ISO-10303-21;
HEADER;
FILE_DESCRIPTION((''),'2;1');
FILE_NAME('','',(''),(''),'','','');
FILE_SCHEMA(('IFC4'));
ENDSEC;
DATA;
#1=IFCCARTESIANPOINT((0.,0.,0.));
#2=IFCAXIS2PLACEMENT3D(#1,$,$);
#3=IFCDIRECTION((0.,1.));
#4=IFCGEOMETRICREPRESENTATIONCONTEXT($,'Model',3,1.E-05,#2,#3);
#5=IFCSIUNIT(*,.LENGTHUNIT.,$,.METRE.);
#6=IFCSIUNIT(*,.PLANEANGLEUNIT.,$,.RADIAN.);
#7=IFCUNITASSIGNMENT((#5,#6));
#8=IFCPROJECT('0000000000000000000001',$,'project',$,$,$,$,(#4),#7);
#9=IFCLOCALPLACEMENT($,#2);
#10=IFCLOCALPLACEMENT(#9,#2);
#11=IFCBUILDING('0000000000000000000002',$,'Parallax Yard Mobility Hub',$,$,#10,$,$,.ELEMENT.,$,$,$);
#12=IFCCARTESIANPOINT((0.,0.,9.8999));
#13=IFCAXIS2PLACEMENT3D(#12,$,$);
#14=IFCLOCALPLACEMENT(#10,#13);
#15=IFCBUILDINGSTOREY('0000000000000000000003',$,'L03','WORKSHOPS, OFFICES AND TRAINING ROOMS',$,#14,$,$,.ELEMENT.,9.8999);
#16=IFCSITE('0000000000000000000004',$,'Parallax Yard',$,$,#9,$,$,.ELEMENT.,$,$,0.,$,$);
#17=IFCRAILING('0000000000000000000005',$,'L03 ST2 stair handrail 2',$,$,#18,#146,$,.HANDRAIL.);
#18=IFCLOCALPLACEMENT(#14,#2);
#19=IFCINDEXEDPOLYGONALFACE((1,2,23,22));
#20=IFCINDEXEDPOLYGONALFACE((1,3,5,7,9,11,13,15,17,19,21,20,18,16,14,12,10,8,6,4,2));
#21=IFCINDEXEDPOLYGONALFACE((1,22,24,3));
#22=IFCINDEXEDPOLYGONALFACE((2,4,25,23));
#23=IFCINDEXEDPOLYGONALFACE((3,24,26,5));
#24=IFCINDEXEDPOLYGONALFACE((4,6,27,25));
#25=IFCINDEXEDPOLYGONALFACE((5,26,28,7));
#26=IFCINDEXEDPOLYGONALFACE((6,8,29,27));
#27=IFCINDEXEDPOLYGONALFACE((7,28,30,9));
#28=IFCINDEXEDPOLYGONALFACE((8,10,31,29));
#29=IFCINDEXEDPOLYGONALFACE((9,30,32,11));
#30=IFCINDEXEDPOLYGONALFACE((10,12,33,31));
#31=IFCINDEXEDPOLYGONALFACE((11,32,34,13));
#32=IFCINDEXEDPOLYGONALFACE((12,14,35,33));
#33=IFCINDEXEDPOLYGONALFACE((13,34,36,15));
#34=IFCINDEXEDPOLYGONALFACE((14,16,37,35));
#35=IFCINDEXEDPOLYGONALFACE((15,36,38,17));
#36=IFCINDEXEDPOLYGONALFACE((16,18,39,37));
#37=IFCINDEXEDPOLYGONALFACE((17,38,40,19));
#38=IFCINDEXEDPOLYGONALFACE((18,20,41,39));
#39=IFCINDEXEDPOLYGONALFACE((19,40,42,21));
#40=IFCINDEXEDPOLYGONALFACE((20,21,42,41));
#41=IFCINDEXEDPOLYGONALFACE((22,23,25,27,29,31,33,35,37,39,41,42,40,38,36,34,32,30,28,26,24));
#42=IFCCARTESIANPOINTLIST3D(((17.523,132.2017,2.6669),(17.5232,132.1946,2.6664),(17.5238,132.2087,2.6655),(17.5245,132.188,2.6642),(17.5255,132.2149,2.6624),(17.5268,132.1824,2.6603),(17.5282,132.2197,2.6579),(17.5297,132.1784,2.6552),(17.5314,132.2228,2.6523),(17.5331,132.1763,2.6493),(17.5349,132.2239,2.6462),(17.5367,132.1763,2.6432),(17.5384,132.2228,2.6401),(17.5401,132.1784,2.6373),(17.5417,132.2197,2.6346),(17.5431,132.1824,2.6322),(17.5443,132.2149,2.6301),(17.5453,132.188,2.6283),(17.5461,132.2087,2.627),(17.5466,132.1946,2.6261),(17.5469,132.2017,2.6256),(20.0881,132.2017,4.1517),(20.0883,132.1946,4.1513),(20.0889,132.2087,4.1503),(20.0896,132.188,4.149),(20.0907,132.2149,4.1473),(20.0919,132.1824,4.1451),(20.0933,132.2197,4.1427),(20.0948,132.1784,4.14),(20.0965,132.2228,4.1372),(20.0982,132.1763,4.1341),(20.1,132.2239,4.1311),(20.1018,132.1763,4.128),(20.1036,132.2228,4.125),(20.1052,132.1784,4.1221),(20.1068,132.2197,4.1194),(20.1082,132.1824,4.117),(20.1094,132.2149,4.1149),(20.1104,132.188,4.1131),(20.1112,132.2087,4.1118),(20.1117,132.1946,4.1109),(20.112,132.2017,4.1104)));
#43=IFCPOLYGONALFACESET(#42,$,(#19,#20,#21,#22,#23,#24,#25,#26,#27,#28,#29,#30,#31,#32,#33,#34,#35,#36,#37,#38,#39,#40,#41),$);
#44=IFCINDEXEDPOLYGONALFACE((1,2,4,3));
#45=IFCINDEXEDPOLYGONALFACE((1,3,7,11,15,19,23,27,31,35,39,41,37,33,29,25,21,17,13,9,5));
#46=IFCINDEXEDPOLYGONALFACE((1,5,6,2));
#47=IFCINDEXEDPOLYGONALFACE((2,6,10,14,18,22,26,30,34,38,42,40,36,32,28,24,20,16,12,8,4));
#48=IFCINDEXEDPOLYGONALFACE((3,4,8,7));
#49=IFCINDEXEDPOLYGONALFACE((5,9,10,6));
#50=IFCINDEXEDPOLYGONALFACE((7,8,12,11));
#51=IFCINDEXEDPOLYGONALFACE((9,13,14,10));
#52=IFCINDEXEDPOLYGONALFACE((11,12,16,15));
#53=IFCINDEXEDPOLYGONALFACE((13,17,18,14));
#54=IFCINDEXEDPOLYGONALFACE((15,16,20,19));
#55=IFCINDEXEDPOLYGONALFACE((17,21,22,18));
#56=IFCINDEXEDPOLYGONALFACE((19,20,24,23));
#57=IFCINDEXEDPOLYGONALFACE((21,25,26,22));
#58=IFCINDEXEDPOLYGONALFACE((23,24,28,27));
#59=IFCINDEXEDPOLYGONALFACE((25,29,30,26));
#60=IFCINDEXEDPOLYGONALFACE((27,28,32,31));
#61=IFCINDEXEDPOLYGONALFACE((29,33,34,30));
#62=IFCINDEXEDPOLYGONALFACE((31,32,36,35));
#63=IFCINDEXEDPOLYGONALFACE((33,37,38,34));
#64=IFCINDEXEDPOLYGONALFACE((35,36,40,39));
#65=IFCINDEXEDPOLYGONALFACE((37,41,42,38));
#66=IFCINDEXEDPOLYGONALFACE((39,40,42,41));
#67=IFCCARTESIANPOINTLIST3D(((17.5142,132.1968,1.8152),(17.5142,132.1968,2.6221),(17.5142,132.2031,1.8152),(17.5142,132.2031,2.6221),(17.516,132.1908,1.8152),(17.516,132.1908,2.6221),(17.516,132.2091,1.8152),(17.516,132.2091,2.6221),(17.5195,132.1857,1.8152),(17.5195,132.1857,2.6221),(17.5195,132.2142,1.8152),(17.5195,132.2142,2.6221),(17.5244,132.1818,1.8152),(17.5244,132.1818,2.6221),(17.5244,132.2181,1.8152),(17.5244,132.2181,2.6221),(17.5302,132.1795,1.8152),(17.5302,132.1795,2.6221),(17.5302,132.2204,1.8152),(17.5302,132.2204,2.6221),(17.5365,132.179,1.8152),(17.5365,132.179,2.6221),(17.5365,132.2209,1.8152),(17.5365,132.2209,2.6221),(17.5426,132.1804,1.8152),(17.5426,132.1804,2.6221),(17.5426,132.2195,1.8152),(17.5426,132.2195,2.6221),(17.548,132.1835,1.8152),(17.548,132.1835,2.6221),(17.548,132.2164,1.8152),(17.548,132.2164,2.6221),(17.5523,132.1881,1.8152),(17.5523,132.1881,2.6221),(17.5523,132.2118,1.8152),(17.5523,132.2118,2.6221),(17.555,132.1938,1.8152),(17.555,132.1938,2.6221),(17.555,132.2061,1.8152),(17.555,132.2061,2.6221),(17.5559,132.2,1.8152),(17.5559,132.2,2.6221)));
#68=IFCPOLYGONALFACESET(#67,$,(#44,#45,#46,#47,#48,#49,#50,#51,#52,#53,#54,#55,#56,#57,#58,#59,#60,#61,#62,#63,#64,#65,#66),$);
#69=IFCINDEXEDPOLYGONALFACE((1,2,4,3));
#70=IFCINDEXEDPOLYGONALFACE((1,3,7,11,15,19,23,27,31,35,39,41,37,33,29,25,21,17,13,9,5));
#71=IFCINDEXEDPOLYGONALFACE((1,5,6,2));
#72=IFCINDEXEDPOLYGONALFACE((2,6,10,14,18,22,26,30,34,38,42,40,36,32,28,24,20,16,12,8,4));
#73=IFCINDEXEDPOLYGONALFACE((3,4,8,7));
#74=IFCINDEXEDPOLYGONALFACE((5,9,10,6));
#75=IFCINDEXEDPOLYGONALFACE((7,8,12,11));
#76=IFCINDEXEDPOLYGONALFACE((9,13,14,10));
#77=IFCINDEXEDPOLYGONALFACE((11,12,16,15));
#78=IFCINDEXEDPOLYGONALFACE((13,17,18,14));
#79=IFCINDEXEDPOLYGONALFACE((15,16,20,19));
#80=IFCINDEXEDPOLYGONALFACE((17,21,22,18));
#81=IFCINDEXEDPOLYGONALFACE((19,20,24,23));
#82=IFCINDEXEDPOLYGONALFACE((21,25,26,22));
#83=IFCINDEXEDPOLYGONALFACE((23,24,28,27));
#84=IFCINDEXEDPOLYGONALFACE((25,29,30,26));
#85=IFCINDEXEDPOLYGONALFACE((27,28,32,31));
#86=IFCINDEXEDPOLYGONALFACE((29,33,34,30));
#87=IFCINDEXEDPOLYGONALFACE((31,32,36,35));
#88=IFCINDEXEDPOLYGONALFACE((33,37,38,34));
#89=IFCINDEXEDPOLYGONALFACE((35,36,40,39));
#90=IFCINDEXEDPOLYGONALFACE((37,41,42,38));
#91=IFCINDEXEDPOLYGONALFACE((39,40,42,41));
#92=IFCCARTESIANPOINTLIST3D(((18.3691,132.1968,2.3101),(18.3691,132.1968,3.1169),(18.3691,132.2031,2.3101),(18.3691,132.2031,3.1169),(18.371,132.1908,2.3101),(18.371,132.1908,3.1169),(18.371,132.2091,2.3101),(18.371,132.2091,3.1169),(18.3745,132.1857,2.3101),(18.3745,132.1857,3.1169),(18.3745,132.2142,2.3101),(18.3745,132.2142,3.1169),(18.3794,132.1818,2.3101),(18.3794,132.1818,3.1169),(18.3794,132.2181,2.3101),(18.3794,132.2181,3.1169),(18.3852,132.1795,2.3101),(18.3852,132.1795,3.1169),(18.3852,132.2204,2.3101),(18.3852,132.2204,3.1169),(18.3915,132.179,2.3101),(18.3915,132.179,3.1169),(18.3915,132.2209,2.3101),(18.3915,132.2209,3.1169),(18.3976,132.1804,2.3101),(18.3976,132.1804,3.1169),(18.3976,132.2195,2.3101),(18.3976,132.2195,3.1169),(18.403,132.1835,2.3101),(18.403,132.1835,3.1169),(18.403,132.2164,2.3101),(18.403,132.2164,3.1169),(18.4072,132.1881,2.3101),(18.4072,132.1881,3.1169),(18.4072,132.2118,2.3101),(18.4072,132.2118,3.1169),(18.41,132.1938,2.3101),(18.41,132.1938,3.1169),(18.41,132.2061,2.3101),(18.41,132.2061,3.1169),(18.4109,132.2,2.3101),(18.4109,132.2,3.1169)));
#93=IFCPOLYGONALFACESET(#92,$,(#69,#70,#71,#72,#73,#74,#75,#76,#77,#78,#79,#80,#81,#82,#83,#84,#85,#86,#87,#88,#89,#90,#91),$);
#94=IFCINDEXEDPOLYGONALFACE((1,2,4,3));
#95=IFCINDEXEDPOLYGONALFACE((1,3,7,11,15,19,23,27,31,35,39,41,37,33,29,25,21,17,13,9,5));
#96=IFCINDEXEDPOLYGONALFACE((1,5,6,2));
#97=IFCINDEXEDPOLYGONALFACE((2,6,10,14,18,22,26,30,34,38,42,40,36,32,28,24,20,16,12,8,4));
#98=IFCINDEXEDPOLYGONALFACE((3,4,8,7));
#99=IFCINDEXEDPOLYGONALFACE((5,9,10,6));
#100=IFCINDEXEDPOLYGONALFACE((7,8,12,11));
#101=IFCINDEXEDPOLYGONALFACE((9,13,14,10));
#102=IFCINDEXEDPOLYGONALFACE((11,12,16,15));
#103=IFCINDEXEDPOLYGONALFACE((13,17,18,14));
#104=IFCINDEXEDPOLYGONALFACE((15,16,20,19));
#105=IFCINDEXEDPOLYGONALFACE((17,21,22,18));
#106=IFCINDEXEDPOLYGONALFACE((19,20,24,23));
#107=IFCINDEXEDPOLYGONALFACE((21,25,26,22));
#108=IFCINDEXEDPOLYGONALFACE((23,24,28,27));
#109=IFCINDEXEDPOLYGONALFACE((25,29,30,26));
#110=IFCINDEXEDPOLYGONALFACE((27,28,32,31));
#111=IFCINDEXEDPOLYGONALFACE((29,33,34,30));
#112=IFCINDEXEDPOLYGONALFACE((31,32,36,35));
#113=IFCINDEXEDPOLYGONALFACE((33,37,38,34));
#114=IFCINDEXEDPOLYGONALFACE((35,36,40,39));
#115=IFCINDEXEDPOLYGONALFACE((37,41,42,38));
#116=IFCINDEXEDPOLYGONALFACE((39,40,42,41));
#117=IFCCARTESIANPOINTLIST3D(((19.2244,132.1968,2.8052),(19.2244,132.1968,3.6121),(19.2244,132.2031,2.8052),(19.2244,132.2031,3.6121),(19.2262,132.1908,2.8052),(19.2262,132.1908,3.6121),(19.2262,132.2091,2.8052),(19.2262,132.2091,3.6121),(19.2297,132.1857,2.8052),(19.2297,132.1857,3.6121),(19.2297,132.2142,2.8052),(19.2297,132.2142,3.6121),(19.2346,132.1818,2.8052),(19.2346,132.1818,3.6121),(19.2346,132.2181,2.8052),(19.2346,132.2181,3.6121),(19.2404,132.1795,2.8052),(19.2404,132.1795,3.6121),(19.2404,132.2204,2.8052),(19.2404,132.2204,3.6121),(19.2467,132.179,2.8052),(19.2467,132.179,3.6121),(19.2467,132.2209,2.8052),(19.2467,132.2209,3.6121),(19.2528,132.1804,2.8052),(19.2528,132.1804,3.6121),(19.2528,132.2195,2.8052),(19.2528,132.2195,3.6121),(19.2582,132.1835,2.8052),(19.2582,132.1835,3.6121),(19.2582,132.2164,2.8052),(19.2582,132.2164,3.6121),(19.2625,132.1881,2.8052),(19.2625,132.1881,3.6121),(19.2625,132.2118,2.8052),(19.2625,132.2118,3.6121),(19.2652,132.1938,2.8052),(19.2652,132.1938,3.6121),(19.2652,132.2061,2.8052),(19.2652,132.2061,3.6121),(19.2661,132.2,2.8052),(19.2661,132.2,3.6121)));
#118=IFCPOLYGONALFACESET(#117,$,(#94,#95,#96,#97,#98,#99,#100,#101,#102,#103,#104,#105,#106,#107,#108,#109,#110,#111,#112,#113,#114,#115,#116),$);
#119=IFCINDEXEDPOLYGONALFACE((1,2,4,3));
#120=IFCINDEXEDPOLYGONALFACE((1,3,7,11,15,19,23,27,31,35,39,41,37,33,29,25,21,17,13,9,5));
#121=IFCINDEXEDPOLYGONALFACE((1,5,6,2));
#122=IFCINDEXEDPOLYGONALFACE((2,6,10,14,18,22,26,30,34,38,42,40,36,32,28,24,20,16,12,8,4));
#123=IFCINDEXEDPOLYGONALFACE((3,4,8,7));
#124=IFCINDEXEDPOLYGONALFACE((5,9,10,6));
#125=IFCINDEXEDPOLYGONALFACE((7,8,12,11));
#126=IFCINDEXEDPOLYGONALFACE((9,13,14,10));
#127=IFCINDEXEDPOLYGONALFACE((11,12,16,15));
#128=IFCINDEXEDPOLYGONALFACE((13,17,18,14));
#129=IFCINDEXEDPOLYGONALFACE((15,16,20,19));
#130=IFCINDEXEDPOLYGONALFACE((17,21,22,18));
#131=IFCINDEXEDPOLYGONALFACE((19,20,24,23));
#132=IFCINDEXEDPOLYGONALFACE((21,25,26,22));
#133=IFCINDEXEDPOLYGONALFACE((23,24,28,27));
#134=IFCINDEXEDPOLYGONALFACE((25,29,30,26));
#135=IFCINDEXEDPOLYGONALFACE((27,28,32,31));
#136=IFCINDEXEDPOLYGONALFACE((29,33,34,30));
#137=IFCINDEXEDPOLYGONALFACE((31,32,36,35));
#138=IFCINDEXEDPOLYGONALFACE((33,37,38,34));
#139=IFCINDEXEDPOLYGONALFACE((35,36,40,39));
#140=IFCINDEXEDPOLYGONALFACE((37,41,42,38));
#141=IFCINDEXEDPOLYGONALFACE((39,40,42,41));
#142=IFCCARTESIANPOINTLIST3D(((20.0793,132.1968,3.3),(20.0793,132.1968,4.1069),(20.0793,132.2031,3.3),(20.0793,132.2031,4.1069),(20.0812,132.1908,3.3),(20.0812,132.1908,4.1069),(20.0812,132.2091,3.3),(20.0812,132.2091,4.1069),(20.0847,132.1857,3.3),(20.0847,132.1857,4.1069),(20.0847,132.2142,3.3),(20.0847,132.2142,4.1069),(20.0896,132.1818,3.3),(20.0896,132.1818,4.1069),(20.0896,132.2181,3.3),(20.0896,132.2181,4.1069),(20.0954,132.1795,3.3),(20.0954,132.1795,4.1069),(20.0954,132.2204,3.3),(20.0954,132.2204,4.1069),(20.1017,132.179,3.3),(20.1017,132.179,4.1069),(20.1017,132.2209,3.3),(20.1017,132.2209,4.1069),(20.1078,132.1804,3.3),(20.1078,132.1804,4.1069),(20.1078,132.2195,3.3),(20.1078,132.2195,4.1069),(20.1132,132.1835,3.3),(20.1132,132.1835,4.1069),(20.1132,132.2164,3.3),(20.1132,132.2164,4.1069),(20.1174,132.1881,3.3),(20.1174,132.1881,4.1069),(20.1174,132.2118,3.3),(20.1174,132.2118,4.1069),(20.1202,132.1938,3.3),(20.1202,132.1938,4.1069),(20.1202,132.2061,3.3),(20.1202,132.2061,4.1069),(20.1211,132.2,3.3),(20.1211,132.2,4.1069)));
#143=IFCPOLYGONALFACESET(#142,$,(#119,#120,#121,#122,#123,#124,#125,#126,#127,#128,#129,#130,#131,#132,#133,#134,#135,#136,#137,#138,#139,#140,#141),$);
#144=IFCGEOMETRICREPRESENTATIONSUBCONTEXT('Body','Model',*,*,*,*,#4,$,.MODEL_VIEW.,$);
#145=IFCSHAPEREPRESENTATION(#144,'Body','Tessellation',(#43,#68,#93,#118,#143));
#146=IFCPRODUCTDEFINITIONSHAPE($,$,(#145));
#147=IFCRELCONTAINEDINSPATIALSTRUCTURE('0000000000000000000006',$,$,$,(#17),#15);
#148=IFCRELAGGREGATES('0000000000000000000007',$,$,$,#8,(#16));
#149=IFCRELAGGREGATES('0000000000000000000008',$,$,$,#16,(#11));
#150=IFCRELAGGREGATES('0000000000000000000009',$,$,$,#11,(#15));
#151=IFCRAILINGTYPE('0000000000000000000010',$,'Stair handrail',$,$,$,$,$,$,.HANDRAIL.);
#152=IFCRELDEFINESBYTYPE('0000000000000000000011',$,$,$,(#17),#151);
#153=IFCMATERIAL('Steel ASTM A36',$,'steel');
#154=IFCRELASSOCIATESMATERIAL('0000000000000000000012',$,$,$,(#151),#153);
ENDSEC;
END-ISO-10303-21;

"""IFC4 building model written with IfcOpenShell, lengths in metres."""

from ifc_helpers import new_model, si_unit, direction, frame, origin, origin_2d, place, context, subcontext, project, spatial, circle, extrude, material, type_object, element, save


model = new_model("IFC4")

# Units and contexts
model_context = context("Model", 3, precision=1e-05, world=origin(), true_north=direction((0.0, 1.0)))
body_context = subcontext(model_context, "Body", "Model", "MODEL_VIEW")
ifc_project = project(units=[si_unit("LENGTHUNIT", "METRE"), si_unit("PLANEANGLEUNIT", "RADIAN")], contexts=[model_context])

# Site, building, storey
site_placement = place(None, origin())
site = spatial("IfcSite", under=ifc_project, at=site_placement, Name="Parallax Yard", CompositionType="ELEMENT", RefElevation=0.0)
building_placement = place(site_placement, origin())
building = spatial("IfcBuilding", under=site, at=building_placement, Name="Parallax Yard Mobility Hub", CompositionType="ELEMENT")
storey_placement = place(building_placement, frame((0.0, 0.0, 9.8999)))
storey = spatial("IfcBuildingStorey", under=building, at=storey_placement, Name="L03", Description="WORKSHOPS, OFFICES AND TRAINING ROOMS", CompositionType="ELEMENT", Elevation=9.8999)

# Railing
ifc_material_1 = material(Name="Steel ASTM A36", Category="steel")
railing_type_1 = type_object("IfcRailingType", Name="Stair handrail", PredefinedType="HANDRAIL", material=ifc_material_1)
railing_1_placement = place(storey_placement, frame((17.5349, 132.2, 1.8152)))
element("IfcRailing", 1, at=railing_1_placement, inside=storey, type_object=railing_type_1, Name="L03 ST2 stair handrail 2", PredefinedType="HANDRAIL", context=body_context, shape_type="SweptSolid", body=[
    extrude(circle(Radius=0.0239, at=origin_2d()), frame((0.0, 0.0, 0.8311), z_axis=(0.865462, 0.0, 0.500975), x_axis=(0.0, 1.0, 0.0)), (0.0, 0.0, 1.0), 2.9639),
    extrude(circle(Radius=0.021, at=origin_2d()), origin(), (0.0, 0.0, 1.0), 0.8069),
    extrude(circle(Radius=0.021, at=origin_2d()), frame((0.855, 0.0, 0.4949)), (0.0, 0.0, 1.0), 0.8069),
    extrude(circle(Radius=0.021, at=origin_2d()), frame((1.7102, 0.0, 0.99)), (0.0, 0.0, 1.0), 0.8069),
    extrude(circle(Radius=0.021, at=origin_2d()), frame((2.5652, 0.0, 1.4849)), (0.0, 0.0, 1.0), 0.8069),
])

save(model, "model.ifc")
